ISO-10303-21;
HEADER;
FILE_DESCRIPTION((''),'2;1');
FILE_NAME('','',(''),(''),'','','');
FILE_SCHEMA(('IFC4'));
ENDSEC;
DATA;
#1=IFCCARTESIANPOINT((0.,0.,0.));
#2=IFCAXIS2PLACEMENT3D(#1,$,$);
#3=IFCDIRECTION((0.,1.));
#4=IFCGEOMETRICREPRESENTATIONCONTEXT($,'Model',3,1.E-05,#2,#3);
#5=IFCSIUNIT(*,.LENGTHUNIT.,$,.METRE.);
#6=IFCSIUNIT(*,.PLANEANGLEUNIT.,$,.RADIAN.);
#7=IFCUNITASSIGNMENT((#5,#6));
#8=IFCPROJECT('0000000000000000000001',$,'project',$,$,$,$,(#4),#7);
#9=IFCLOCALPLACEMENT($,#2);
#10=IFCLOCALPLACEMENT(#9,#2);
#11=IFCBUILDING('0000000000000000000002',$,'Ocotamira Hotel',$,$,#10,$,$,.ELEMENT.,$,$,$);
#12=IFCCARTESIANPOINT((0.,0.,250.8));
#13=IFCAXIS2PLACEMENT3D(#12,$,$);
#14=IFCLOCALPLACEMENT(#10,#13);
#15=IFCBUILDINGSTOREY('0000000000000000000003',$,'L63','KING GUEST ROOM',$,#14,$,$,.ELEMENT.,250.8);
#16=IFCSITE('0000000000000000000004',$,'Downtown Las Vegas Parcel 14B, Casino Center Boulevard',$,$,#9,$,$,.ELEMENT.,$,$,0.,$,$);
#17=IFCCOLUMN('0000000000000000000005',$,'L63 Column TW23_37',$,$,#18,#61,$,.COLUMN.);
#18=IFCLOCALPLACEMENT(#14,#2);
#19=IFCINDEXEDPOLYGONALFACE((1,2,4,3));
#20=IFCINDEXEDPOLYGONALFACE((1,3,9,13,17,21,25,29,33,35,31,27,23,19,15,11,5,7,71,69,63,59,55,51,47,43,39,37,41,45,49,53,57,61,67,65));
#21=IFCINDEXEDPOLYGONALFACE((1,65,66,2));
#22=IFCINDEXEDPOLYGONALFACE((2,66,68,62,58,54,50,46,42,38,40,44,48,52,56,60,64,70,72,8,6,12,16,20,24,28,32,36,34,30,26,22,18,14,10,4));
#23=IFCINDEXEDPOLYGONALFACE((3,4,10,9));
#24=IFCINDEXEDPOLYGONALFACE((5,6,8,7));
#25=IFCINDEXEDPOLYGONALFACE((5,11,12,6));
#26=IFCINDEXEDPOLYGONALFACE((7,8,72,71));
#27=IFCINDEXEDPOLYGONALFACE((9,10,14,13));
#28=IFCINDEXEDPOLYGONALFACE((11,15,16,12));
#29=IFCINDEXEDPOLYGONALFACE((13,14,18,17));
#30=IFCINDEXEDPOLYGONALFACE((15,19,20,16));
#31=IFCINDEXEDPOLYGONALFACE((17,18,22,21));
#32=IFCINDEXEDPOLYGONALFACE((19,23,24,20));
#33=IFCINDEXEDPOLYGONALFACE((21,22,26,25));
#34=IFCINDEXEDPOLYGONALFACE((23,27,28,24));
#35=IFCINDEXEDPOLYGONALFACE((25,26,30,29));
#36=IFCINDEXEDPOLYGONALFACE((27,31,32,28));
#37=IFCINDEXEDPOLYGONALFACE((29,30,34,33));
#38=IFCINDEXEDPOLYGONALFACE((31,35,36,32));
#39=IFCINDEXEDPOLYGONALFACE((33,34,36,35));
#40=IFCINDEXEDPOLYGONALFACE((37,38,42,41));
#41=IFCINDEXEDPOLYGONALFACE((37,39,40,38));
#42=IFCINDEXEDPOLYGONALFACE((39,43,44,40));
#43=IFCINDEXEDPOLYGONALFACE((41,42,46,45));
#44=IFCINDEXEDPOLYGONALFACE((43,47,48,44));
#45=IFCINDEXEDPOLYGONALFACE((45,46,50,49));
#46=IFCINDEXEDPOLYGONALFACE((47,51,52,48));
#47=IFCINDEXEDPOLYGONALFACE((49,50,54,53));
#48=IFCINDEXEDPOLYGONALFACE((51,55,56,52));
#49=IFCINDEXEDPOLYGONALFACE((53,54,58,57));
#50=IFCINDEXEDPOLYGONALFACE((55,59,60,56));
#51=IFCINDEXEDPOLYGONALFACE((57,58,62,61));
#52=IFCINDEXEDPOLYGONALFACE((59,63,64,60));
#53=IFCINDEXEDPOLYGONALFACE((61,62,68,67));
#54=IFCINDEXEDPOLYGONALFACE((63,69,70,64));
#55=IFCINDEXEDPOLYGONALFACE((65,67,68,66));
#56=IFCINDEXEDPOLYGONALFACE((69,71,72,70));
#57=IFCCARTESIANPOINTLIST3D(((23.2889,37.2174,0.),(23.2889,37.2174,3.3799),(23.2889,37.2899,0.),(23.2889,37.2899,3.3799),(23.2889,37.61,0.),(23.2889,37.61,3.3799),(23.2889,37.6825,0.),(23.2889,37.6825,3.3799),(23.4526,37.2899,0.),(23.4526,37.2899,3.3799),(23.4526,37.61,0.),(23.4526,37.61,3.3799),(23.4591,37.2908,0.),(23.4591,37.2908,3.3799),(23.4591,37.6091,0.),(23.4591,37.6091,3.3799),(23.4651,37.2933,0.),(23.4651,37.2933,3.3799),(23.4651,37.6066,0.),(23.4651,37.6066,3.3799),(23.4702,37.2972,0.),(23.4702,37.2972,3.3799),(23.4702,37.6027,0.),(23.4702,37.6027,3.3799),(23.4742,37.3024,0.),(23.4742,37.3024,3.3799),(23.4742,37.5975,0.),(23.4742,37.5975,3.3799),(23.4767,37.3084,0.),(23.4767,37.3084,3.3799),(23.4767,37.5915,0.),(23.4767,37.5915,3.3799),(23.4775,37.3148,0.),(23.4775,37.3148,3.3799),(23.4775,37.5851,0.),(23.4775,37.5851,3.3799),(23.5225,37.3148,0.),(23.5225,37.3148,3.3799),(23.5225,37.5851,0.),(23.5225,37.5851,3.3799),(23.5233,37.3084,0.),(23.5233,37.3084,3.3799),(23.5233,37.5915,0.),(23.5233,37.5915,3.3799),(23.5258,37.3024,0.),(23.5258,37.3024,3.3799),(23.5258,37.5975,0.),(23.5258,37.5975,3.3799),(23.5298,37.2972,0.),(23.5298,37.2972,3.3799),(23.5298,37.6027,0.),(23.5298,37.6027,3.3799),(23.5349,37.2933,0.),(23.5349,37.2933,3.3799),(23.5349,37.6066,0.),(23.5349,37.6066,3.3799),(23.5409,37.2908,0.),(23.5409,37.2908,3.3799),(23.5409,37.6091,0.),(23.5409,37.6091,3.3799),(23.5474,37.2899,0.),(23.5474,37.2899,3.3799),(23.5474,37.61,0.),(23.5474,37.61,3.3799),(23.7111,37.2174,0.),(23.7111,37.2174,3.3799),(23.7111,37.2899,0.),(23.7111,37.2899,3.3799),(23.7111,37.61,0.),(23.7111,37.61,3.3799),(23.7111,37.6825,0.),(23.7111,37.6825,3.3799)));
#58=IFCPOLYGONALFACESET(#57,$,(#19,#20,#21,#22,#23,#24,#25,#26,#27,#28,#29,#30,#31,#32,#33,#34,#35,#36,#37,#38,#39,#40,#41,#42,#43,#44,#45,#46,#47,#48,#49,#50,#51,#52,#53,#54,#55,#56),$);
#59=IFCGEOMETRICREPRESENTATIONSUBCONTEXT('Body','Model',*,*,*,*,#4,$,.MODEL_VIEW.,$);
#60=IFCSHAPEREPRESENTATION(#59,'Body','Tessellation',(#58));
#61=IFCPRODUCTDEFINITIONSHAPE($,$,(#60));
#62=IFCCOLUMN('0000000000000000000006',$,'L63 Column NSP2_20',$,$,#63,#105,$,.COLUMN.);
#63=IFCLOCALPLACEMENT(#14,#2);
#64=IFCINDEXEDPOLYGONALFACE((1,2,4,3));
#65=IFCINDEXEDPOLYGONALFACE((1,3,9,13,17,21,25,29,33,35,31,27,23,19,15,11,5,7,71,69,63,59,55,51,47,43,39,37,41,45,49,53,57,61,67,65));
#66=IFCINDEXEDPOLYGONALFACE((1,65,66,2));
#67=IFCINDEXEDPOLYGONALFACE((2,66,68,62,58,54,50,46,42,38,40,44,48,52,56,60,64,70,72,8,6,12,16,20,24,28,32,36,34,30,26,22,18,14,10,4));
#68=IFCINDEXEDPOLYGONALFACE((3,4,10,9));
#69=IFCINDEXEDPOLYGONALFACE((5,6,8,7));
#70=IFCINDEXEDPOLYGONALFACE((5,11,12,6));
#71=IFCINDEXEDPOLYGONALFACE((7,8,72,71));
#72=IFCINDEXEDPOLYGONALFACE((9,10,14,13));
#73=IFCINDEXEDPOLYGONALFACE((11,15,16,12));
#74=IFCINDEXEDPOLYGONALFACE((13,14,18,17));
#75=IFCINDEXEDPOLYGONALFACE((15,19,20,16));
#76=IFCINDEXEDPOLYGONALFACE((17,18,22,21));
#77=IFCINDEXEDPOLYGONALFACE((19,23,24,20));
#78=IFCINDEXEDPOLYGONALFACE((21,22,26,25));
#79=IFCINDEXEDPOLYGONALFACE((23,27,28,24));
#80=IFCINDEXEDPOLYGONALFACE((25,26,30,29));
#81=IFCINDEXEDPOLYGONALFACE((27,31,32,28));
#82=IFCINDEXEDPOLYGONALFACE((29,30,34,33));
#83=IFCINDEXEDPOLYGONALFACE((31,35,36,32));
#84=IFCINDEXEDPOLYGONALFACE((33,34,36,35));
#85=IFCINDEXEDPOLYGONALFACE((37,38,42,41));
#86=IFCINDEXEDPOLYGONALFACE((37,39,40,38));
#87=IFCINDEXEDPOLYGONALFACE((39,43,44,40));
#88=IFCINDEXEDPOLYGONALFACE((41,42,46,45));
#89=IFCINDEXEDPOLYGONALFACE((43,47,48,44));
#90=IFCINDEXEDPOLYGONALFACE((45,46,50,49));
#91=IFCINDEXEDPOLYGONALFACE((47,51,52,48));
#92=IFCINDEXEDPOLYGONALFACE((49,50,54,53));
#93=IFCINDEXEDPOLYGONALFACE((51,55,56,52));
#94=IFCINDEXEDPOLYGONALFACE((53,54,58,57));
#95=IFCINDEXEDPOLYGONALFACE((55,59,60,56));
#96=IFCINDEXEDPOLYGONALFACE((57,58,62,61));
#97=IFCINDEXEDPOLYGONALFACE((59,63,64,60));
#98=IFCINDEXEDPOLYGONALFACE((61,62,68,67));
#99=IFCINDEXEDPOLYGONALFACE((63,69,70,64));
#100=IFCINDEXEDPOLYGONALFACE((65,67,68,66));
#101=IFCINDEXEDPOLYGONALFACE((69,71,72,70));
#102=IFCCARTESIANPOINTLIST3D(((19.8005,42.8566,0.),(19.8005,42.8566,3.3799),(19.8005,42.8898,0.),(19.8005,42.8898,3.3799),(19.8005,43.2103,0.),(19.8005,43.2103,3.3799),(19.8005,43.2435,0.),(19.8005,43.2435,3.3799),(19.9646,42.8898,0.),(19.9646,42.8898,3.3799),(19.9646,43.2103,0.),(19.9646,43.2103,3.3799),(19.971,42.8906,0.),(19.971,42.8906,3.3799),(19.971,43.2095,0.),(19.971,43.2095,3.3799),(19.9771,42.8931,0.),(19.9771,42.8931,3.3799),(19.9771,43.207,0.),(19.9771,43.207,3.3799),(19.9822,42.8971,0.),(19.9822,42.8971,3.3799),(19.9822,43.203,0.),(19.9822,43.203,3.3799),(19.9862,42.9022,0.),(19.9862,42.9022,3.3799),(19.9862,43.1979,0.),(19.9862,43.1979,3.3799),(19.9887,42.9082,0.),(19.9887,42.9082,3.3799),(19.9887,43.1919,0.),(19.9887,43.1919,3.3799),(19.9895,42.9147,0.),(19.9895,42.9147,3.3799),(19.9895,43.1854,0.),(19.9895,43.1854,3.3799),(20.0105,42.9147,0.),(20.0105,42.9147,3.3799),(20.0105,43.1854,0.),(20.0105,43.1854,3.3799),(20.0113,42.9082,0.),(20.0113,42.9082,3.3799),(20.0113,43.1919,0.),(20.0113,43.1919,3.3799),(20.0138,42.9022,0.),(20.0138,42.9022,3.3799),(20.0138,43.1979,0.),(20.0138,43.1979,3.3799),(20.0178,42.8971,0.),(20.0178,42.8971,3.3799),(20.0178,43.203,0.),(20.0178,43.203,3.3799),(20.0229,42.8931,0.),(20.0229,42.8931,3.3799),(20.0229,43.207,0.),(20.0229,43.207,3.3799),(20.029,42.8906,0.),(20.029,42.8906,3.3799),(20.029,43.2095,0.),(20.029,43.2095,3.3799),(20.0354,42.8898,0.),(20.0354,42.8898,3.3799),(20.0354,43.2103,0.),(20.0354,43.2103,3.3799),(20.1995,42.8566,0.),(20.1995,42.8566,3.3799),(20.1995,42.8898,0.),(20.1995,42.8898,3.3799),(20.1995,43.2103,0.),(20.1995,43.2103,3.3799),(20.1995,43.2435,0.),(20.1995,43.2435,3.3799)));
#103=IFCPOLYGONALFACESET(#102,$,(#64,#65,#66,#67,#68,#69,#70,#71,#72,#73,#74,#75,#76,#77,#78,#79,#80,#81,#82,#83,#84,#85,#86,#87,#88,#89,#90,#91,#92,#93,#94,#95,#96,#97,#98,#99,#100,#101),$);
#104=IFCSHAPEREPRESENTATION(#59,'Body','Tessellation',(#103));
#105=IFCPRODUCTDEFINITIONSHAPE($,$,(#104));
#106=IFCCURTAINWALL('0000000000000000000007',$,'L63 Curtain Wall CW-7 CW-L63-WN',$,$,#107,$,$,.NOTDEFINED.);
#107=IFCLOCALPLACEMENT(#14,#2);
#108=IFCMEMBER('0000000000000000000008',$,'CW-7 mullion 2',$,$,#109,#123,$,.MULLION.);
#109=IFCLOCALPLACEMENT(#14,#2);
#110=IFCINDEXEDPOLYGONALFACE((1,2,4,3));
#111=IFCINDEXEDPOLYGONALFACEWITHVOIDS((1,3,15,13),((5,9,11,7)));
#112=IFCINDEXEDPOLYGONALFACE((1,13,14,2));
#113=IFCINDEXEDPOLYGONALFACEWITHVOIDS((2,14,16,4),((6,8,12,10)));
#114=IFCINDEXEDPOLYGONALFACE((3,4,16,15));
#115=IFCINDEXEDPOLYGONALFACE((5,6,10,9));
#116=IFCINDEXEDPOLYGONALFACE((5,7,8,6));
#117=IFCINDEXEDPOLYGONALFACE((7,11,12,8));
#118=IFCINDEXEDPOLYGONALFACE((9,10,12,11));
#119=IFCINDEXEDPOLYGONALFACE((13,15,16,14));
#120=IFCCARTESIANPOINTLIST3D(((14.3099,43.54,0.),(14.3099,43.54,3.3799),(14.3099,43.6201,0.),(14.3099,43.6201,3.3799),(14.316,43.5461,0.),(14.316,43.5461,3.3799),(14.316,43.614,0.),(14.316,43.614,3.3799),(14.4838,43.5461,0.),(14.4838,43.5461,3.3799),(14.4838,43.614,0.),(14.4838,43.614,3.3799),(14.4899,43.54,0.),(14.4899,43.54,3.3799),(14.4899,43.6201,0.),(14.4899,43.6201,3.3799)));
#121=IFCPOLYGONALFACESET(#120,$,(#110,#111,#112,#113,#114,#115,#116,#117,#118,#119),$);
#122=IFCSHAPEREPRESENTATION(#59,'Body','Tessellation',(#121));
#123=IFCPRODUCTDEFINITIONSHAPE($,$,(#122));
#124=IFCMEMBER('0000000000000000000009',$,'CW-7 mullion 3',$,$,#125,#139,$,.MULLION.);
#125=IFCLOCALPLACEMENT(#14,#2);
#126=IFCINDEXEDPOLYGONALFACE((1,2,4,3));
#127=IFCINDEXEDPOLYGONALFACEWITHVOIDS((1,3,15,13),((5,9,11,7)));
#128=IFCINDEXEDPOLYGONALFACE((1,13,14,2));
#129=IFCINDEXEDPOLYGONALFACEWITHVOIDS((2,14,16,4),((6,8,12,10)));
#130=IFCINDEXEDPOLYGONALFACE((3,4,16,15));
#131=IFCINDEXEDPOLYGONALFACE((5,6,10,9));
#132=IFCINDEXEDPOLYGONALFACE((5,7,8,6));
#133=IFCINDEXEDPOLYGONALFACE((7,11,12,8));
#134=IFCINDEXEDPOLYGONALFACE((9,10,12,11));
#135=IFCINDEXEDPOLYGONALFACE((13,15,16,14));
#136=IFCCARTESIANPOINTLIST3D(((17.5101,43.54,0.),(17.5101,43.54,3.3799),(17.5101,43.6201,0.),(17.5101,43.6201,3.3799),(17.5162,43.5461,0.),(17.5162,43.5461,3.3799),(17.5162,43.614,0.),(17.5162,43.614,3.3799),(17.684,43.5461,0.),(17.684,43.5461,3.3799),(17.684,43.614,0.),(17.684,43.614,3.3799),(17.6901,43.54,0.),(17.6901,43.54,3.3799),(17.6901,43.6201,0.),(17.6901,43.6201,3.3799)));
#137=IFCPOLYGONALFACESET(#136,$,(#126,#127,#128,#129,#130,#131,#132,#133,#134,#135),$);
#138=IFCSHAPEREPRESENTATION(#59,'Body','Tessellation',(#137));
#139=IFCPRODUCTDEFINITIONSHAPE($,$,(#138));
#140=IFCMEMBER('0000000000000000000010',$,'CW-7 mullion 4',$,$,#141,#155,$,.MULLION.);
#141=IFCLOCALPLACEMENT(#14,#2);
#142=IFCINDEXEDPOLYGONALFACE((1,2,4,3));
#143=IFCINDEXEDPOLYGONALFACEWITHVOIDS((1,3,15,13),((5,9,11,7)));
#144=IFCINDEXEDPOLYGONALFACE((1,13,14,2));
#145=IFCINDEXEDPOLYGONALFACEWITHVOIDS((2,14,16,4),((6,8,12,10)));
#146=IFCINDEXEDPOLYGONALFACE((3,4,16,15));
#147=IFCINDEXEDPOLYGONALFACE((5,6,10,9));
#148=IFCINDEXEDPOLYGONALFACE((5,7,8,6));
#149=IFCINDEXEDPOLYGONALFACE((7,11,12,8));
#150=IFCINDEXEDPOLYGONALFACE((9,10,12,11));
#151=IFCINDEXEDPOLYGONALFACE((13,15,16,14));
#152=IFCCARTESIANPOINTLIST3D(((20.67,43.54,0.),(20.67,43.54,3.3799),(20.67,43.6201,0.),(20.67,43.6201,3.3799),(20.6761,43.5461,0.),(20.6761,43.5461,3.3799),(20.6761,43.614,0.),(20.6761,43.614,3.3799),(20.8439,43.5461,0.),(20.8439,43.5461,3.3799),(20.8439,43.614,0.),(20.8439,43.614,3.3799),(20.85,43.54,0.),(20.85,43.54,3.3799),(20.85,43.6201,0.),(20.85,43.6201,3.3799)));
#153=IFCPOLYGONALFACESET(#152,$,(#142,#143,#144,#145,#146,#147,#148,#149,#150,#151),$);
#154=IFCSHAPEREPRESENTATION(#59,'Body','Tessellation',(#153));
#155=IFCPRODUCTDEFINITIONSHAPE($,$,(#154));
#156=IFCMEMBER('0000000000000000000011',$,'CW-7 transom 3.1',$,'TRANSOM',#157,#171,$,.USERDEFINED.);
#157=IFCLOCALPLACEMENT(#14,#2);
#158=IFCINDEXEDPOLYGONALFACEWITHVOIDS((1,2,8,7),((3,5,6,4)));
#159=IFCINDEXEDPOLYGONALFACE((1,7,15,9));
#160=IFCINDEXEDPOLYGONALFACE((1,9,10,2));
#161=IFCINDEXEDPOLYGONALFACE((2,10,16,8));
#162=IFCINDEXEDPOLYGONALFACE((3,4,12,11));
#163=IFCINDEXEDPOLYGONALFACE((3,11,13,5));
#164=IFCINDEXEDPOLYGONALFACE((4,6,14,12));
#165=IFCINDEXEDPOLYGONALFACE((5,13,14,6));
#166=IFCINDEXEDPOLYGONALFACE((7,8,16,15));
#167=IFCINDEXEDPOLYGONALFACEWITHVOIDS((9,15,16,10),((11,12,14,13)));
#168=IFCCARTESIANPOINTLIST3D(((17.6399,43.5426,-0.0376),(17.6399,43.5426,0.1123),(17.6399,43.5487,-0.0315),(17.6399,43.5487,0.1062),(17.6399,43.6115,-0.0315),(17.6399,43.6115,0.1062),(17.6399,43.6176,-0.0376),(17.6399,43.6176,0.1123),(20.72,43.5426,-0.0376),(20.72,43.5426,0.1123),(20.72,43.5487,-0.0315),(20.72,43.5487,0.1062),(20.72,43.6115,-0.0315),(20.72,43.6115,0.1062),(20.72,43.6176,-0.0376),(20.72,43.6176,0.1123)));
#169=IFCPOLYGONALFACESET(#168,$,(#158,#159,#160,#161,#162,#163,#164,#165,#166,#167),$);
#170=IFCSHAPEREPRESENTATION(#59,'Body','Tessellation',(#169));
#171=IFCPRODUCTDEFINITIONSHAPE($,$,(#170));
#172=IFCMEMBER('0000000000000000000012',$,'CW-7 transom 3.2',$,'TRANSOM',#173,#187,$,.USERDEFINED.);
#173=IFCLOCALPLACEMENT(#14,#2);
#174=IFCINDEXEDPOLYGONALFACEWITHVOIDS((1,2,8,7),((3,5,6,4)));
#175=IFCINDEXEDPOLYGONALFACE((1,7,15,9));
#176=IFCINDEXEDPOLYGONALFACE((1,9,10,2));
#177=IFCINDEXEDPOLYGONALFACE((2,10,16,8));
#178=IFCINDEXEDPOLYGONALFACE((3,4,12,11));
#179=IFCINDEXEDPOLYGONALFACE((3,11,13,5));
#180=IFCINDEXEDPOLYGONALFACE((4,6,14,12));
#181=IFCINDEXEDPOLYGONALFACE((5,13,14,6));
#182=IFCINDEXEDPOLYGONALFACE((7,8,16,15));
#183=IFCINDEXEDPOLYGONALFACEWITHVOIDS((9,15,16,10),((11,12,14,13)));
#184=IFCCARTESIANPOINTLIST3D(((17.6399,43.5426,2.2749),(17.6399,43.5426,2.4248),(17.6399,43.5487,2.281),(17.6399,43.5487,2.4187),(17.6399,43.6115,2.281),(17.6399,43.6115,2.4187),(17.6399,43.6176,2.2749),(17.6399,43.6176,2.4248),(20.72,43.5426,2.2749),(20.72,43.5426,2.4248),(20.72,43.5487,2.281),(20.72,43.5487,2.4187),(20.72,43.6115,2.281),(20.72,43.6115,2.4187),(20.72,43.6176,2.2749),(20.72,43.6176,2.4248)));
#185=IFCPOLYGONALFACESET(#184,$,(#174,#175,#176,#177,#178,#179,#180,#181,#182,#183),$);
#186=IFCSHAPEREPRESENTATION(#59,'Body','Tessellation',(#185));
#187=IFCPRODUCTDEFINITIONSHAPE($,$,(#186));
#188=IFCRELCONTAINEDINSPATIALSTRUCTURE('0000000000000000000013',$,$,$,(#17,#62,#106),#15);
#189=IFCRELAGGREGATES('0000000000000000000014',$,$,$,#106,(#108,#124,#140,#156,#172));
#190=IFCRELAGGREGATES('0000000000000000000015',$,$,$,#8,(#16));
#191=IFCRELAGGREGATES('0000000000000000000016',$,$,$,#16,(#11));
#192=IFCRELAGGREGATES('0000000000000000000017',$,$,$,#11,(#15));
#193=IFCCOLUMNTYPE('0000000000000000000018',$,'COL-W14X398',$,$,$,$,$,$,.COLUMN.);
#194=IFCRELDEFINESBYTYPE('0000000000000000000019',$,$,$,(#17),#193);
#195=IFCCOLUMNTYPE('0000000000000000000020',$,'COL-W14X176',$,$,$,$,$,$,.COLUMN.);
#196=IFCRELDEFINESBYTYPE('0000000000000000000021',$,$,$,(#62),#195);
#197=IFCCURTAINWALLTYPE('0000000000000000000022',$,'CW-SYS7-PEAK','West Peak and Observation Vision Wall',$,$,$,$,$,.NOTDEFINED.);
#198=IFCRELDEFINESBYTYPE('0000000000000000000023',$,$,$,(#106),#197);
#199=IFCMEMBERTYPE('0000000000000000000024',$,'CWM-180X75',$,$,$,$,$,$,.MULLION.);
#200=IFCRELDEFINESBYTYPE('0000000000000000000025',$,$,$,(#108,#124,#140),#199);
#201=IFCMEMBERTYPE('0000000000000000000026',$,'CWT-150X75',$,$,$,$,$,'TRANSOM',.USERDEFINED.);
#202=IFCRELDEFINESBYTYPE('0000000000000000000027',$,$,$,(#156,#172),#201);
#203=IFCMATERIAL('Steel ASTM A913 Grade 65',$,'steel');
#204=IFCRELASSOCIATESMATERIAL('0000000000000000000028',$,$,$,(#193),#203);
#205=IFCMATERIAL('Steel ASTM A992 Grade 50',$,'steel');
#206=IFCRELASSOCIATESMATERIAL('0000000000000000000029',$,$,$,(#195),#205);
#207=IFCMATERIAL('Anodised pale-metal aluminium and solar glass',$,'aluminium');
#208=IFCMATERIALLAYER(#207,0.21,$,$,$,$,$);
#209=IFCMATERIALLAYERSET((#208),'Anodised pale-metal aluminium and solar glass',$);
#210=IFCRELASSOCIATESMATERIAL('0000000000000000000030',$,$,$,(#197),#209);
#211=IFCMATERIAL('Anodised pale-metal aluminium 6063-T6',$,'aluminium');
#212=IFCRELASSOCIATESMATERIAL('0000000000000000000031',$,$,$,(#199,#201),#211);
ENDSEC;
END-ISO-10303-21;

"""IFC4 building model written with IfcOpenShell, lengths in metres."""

from ifc_helpers import new_model, si_unit, direction, frame, origin, origin_2d, place, context, subcontext, project, spatial, hollow_rectangle, i_section, extrude, source, transform, mapped, material, layer, layer_set, material_profile, profile_set, type_object, element, aggregate, save


model = new_model("IFC4")

# Units and contexts
model_context = context("Model", 3, precision=1e-05, world=origin(), true_north=direction((0.0, 1.0)))
body_context = subcontext(model_context, "Body", "Model", "MODEL_VIEW")
ifc_project = project(units=[si_unit("LENGTHUNIT", "METRE"), si_unit("PLANEANGLEUNIT", "RADIAN")], contexts=[model_context])

# Site, building, storey
site_placement = place(None, origin())
site = spatial("IfcSite", under=ifc_project, at=site_placement, Name="Downtown Las Vegas Parcel 14B, Casino Center Boulevard", CompositionType="ELEMENT", RefElevation=0.0)
building_placement = place(site_placement, origin())
building = spatial("IfcBuilding", under=site, at=building_placement, Name="Ocotamira Hotel", CompositionType="ELEMENT")
storey_placement = place(building_placement, frame((0.0, 0.0, 250.8)))
storey = spatial("IfcBuildingStorey", under=building, at=storey_placement, Name="L63", Description="KING GUEST ROOM", CompositionType="ELEMENT", Elevation=250.8)

# Columns
ifc_material_1 = material(Name="Steel ASTM A913 Grade 65", Category="steel")
ifc_material_profile_1 = material_profile(ifc_material_1, i_section(OverallWidth=0.4221, OverallDepth=0.4651, WebThickness=0.0449, FlangeThickness=0.0725, FilletRadius=0.0249, at=origin_2d()), Name="W14X398")
ifc_profile_set_1 = profile_set([ifc_material_profile_1], Name="Steel ASTM A913 Grade 65")
column_type_1 = type_object("IfcColumnType", Name="COL-W14X398", PredefinedType="COLUMN", material=ifc_profile_set_1)
shared_shape_1 = source(origin(), body_context, "Body", "SweptSolid", [
    extrude(i_section(OverallWidth=0.4221, OverallDepth=0.4651, WebThickness=0.0449, FlangeThickness=0.0725, FilletRadius=0.0249, at=origin_2d()), origin(), (0.0, 0.0, 1.0), 3.3799),
])
column_1_placement = place(storey_placement, frame((23.5, 37.45, 0.0), z_axis=(0.0, 0.0, 1.0), x_axis=(1.0, 0.0, 0.0)))
element("IfcColumn", 1, at=column_1_placement, inside=storey, type_object=column_type_1, Name="L63 Column TW23_37", PredefinedType="COLUMN", context=body_context, shape_type="MappedRepresentation", body=[
    mapped(shared_shape_1, transform((0.0, 0.0, 0.0), scale=1.0)),
])
ifc_material_2 = material(Name="Steel ASTM A992 Grade 50", Category="steel")
ifc_material_profile_2 = material_profile(ifc_material_2, i_section(OverallWidth=0.3989, OverallDepth=0.387, WebThickness=0.021, FlangeThickness=0.0332, FilletRadius=0.0249, at=origin_2d()), Name="W14X176")
ifc_profile_set_2 = profile_set([ifc_material_profile_2], Name="Steel ASTM A992 Grade 50")
column_type_2 = type_object("IfcColumnType", Name="COL-W14X176", PredefinedType="COLUMN", material=ifc_profile_set_2)
shared_shape_2 = source(origin(), body_context, "Body", "SweptSolid", [
    extrude(i_section(OverallWidth=0.3989, OverallDepth=0.387, WebThickness=0.021, FlangeThickness=0.0332, FilletRadius=0.0249, at=origin_2d()), origin(), (0.0, 0.0, 1.0), 3.3799),
])
column_2_placement = place(storey_placement, frame((20.0, 43.05, 0.0), z_axis=(0.0, 0.0, 1.0), x_axis=(1.0, 0.0, 0.0)))
element("IfcColumn", 2, at=column_2_placement, inside=storey, type_object=column_type_2, Name="L63 Column NSP2_20", PredefinedType="COLUMN", context=body_context, shape_type="MappedRepresentation", body=[
    mapped(shared_shape_2, transform((0.0, 0.0, 0.0), scale=1.0)),
])

# Curtain wall, members
ifc_material_3 = material(Name="Anodised pale-metal aluminium and solar glass", Category="aluminium")
ifc_layer_1 = layer(ifc_material_3, 0.21)
ifc_layer_set_1 = layer_set([ifc_layer_1], Name="Anodised pale-metal aluminium and solar glass")
curtain_wall_type = type_object("IfcCurtainWallType", Name="CW-SYS7-PEAK", Description="West Peak and Observation Vision Wall", PredefinedType="NOTDEFINED", material=ifc_layer_set_1)
curtain_wall_placement = place(storey_placement, origin())
curtain_wall = element("IfcCurtainWall", 3, at=curtain_wall_placement, inside=storey, type_object=curtain_wall_type, Name="L63 Curtain Wall CW-7 CW-L63-WN", PredefinedType="NOTDEFINED")
ifc_material_4 = material(Name="Anodised pale-metal aluminium 6063-T6", Category="aluminium")
ifc_material_profile_3 = material_profile(ifc_material_4, hollow_rectangle(XDim=0.0801, YDim=0.1799, WallThickness=0.0061, at=origin_2d()), Name="HSS180X80X6")
ifc_profile_set_3 = profile_set([ifc_material_profile_3], Name="Anodised pale-metal aluminium 6063-T6")
member_type_1 = type_object("IfcMemberType", Name="CWM-180X75", PredefinedType="MULLION", material=ifc_profile_set_3)
shared_shape_3 = source(origin(), body_context, "Body", "SweptSolid", [
    extrude(hollow_rectangle(XDim=0.0801, YDim=0.1799, WallThickness=0.0061, at=origin_2d()), origin(), (0.0, 0.0, 1.0), 3.3799),
])
member_1_placement = place(storey_placement, frame((14.3999, 43.5801, 0.0), z_axis=(0.0, 0.0, 1.0), x_axis=(0.0, 1.0, 0.0)))
member_1 = element("IfcMember", 4, at=member_1_placement, type_object=member_type_1, Name="CW-7 mullion 2", PredefinedType="MULLION", context=body_context, shape_type="MappedRepresentation", body=[
    mapped(shared_shape_3, transform((0.0, 0.0, 0.0), scale=1.0)),
])
member_2_placement = place(storey_placement, frame((17.6001, 43.5801, 0.0), z_axis=(0.0, 0.0, 1.0), x_axis=(0.0, 1.0, 0.0)))
member_2 = element("IfcMember", 5, at=member_2_placement, type_object=member_type_1, Name="CW-7 mullion 3", PredefinedType="MULLION", context=body_context, shape_type="MappedRepresentation", body=[
    mapped(shared_shape_3, transform((0.0, 0.0, 0.0), scale=1.0)),
])
member_3_placement = place(storey_placement, frame((20.76, 43.5801, 0.0), z_axis=(0.0, 0.0, 1.0), x_axis=(0.0, 1.0, 0.0)))
member_3 = element("IfcMember", 6, at=member_3_placement, type_object=member_type_1, Name="CW-7 mullion 4", PredefinedType="MULLION", context=body_context, shape_type="MappedRepresentation", body=[
    mapped(shared_shape_3, transform((0.0, 0.0, 0.0), scale=1.0)),
])
ifc_material_profile_4 = material_profile(ifc_material_4, hollow_rectangle(XDim=0.075, YDim=0.1499, WallThickness=0.0061, at=origin_2d()), Name="HSS150X75X6")
ifc_profile_set_4 = profile_set([ifc_material_profile_4], Name="Anodised pale-metal aluminium 6063-T6")
member_type_2 = type_object("IfcMemberType", Name="CWT-150X75", ElementType="TRANSOM", PredefinedType="USERDEFINED", material=ifc_profile_set_4)
shared_shape_4 = source(origin(), body_context, "Body", "SweptSolid", [
    extrude(hollow_rectangle(XDim=0.075, YDim=0.1499, WallThickness=0.0061, at=origin_2d()), origin(), (0.0, 0.0, 1.0), 3.0801),
])
member_4_placement = place(storey_placement, frame((17.6399, 43.5801, 0.0374), z_axis=(1.0, 0.0, 0.0), x_axis=(0.0, 1.0, 0.0)))
member_4 = element("IfcMember", 7, at=member_4_placement, type_object=member_type_2, Name="CW-7 transom 3.1", ObjectType="TRANSOM", PredefinedType="USERDEFINED", context=body_context, shape_type="MappedRepresentation", body=[
    mapped(shared_shape_4, transform((0.0, 0.0, 0.0), scale=1.0)),
])
member_5_placement = place(storey_placement, frame((17.6399, 43.5801, 2.3499), z_axis=(1.0, 0.0, 0.0), x_axis=(0.0, 1.0, 0.0)))
member_5 = element("IfcMember", 8, at=member_5_placement, type_object=member_type_2, Name="CW-7 transom 3.2", ObjectType="TRANSOM", PredefinedType="USERDEFINED", context=body_context, shape_type="MappedRepresentation", body=[
    mapped(shared_shape_4, transform((0.0, 0.0, 0.0), scale=1.0)),
])
aggregate(curtain_wall, [member_1, member_2, member_3, member_4, member_5])

save(model, "model.ifc")
